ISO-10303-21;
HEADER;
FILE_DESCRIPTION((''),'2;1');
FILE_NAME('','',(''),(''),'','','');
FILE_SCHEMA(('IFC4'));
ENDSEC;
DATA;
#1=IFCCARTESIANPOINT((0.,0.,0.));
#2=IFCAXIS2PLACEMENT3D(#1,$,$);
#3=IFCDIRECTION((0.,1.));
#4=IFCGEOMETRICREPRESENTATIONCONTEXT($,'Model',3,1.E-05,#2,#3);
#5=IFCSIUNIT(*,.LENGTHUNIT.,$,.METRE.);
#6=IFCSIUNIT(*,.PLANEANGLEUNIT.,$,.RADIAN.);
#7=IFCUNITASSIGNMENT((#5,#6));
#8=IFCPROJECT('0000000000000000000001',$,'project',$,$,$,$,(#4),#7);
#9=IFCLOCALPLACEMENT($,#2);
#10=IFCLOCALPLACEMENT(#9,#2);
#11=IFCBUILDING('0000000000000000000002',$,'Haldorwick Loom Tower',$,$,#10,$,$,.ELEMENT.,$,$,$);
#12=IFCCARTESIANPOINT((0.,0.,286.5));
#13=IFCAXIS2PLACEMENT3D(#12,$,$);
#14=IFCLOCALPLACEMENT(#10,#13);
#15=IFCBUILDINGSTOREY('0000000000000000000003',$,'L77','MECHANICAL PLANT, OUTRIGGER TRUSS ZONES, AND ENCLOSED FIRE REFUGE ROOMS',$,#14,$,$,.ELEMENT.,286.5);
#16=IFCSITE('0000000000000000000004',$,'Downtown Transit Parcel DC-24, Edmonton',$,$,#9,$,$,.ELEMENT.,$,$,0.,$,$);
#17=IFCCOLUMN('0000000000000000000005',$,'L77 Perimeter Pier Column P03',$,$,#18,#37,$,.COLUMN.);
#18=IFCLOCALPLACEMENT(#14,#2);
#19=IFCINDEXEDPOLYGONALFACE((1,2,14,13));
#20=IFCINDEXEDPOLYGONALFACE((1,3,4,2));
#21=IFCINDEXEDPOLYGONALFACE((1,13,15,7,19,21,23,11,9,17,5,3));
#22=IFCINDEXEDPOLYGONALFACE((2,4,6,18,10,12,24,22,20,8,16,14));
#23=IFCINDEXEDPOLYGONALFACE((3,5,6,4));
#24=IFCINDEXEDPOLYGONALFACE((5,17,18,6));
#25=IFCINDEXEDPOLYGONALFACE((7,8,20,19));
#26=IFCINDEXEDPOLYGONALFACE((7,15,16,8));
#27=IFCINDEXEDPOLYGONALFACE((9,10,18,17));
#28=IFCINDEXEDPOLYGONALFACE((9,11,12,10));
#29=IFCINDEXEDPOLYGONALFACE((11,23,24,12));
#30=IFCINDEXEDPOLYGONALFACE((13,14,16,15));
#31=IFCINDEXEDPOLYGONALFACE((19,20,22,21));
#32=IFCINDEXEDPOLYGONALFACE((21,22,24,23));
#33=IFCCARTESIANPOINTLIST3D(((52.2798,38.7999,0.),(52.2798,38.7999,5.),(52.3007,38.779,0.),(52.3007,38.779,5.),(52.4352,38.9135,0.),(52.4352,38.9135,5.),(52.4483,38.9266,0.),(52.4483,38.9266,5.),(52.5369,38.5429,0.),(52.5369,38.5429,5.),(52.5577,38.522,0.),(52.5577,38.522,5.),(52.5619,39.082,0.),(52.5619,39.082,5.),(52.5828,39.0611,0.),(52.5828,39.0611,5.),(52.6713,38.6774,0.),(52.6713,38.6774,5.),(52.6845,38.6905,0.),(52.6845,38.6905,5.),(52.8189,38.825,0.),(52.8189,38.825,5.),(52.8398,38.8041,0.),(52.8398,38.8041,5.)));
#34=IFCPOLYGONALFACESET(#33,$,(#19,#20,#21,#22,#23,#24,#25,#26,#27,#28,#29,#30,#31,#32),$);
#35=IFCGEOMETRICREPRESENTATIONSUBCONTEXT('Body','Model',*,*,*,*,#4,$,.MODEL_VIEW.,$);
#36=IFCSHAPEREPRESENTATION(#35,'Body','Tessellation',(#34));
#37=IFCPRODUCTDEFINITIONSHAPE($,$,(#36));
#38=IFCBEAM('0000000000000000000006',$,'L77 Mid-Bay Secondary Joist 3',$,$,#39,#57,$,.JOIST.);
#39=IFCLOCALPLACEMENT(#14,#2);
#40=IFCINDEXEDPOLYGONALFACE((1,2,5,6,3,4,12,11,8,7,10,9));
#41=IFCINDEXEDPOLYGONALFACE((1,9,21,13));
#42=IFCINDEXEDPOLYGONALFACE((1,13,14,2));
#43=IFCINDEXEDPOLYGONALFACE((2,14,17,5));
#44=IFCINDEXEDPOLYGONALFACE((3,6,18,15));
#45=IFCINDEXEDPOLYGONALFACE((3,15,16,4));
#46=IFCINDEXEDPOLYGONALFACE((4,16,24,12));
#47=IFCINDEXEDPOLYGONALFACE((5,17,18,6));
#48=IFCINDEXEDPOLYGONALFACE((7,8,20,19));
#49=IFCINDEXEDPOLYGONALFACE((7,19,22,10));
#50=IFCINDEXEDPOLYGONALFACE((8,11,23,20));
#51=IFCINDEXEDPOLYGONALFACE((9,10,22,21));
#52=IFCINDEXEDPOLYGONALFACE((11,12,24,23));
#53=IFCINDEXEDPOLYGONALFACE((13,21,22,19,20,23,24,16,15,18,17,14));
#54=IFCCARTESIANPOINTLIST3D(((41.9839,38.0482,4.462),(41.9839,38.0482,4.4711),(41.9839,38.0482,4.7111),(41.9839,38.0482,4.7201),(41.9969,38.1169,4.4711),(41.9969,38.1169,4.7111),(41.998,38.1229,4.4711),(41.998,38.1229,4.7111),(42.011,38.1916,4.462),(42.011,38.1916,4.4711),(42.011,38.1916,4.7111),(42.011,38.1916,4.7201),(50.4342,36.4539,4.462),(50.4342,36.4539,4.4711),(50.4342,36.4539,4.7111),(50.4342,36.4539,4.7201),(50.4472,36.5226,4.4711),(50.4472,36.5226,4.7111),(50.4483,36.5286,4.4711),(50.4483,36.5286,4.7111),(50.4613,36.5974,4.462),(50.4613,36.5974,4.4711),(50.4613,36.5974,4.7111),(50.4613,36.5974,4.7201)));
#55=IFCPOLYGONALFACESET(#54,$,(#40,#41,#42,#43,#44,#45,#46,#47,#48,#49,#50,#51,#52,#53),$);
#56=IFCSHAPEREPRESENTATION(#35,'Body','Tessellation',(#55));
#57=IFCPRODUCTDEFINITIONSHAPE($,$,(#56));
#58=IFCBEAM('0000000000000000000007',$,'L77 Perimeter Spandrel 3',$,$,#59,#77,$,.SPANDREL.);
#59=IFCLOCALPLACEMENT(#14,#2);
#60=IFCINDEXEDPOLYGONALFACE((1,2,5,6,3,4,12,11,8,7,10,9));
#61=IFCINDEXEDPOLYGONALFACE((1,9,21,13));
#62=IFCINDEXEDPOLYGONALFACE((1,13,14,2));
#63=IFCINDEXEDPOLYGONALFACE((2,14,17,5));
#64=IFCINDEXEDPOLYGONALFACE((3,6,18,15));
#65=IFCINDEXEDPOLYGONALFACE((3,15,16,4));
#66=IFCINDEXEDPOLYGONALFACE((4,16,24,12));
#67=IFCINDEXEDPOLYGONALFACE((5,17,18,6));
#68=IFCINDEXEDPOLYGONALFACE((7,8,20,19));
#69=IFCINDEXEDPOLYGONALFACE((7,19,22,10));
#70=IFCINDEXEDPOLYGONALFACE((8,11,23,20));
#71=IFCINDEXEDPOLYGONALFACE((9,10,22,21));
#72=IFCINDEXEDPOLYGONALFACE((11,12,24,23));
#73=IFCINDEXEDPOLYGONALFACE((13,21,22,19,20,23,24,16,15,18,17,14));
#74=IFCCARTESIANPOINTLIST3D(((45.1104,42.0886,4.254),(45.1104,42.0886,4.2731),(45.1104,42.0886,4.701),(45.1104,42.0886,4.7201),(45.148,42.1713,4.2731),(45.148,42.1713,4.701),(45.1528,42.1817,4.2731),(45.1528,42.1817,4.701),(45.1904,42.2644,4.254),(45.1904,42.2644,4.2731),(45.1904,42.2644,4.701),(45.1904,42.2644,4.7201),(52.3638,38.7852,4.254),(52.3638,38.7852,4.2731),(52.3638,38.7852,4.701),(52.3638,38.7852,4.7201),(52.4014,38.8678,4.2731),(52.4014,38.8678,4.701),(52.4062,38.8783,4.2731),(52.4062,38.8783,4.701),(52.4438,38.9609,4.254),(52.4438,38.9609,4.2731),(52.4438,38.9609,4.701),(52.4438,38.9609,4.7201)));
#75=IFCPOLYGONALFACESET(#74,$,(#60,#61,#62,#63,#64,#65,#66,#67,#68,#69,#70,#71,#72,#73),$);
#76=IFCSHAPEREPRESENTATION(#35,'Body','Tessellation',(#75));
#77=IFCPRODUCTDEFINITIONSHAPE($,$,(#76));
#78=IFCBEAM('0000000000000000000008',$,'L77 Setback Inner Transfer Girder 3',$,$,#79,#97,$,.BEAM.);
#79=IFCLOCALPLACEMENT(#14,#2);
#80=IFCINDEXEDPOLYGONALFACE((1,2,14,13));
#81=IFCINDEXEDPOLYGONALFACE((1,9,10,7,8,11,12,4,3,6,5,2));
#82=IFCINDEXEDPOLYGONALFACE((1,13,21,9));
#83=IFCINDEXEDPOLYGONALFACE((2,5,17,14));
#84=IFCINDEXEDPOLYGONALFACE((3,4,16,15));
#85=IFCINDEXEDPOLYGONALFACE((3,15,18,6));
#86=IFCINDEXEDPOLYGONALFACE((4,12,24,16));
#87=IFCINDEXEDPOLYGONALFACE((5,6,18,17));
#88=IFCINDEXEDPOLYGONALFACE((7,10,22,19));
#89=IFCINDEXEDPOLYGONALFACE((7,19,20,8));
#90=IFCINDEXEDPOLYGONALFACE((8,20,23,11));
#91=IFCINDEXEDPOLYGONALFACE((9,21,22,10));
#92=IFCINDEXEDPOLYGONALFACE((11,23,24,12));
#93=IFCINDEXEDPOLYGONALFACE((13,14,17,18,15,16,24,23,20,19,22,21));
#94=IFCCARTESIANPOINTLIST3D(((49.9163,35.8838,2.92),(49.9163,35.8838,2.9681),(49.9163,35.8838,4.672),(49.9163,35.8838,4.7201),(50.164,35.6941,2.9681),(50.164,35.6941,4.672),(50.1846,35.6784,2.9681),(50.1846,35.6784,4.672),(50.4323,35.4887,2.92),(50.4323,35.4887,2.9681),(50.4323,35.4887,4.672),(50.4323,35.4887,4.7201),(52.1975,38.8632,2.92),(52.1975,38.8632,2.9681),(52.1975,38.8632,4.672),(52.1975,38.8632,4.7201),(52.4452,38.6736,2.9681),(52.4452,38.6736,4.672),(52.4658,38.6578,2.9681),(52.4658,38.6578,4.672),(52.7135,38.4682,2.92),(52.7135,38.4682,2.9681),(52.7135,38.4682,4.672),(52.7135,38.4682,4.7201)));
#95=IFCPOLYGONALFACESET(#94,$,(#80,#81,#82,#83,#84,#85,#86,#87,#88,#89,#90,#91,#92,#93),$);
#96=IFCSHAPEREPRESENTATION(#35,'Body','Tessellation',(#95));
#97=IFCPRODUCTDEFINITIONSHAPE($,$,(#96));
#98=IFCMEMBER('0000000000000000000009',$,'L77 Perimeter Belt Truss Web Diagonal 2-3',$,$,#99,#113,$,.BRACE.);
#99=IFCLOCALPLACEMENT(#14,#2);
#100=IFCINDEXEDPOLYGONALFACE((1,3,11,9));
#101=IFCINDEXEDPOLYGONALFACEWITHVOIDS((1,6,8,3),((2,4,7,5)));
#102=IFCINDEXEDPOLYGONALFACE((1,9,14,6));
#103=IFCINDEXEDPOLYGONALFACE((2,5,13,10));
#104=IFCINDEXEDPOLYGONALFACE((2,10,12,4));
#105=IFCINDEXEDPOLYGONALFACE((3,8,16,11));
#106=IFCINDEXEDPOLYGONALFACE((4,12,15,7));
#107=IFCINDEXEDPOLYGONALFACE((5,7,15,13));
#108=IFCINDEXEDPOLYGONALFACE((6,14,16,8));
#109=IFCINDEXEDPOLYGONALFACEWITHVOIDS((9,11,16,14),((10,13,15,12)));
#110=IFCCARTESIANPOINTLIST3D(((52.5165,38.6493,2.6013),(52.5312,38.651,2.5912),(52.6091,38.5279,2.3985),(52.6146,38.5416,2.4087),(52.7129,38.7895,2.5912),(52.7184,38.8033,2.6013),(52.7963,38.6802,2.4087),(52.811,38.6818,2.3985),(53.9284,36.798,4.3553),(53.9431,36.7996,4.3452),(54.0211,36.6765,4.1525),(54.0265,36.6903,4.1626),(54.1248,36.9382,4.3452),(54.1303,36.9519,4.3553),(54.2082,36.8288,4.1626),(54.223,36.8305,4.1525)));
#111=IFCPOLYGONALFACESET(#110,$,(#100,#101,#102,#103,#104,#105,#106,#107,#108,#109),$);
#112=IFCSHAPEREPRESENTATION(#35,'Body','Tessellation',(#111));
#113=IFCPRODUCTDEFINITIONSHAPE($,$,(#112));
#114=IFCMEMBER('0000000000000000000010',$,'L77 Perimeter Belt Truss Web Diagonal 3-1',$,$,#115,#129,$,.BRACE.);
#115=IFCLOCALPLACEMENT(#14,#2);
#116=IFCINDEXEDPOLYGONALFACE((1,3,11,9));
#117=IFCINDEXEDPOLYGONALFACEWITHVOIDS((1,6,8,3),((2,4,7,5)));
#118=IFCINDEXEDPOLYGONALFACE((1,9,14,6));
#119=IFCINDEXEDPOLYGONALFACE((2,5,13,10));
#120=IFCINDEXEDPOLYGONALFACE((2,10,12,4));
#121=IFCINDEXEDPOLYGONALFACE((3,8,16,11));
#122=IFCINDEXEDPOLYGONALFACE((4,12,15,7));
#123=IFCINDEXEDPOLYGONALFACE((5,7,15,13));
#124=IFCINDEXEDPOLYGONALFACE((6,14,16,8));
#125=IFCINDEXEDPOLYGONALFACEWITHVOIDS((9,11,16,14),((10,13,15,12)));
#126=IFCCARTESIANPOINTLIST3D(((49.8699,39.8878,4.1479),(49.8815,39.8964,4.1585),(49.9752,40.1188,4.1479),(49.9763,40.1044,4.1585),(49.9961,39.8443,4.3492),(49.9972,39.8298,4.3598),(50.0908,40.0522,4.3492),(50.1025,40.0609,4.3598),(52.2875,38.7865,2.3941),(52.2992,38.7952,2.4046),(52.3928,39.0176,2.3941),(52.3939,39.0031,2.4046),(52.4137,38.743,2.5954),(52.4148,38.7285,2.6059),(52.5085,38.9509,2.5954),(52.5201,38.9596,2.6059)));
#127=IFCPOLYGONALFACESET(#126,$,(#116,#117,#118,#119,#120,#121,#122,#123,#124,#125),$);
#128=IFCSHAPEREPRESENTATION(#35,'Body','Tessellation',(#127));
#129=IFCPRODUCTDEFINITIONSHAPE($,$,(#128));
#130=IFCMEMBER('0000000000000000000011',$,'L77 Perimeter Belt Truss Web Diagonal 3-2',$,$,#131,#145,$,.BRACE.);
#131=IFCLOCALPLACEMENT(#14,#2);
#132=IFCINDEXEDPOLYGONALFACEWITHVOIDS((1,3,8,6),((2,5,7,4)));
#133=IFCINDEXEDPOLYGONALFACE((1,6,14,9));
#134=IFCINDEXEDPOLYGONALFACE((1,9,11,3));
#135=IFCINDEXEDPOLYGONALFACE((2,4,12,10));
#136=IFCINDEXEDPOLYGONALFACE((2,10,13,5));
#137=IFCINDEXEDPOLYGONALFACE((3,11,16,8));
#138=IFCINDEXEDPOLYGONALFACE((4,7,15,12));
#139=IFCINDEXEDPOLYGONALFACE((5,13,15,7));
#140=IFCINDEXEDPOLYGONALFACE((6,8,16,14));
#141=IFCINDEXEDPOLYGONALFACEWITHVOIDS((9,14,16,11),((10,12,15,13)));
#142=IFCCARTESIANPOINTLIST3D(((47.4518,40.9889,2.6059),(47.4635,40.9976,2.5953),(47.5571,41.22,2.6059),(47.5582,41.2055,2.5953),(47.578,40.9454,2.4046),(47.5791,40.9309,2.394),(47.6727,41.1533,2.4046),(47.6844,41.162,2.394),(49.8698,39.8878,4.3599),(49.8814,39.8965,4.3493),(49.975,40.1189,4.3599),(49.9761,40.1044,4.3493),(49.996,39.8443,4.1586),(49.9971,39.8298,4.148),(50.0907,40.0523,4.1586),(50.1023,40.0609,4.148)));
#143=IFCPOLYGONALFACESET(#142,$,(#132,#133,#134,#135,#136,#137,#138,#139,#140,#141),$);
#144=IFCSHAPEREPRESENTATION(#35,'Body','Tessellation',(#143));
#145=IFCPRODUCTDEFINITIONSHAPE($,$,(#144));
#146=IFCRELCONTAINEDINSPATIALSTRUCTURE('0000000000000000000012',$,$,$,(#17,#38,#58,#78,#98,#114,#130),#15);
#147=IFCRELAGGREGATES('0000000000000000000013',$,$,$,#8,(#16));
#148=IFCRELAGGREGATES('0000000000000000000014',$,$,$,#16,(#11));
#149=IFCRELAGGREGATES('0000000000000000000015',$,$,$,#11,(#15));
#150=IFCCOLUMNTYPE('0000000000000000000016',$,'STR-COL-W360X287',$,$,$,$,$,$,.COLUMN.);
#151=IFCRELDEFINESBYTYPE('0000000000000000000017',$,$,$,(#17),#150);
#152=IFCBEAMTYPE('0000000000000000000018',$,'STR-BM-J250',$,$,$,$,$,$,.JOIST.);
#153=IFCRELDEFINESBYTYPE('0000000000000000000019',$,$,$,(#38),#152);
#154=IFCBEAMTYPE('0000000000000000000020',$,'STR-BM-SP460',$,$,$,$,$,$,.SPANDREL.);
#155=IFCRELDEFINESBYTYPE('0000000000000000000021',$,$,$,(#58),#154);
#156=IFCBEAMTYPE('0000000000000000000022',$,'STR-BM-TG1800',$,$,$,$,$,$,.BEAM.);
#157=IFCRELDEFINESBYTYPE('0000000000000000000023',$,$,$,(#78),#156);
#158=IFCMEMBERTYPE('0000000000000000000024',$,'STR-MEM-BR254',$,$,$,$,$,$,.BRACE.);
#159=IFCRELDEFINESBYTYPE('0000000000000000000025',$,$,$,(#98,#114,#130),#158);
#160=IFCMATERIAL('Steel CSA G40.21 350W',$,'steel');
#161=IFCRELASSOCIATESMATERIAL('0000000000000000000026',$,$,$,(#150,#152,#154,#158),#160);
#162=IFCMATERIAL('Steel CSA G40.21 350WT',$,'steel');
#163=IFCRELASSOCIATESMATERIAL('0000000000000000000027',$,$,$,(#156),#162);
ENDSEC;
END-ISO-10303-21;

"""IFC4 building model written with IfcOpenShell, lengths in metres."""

from ifc_helpers import new_model, si_unit, direction, frame, origin, origin_2d, place, context, subcontext, project, spatial, hollow_rectangle, i_section, extrude, material, material_profile, profile_set, type_object, element, save


model = new_model("IFC4")

# Units and contexts
model_context = context("Model", 3, precision=1e-05, world=origin(), true_north=direction((0.0, 1.0)))
body_context = subcontext(model_context, "Body", "Model", "MODEL_VIEW")
ifc_project = project(units=[si_unit("LENGTHUNIT", "METRE"), si_unit("PLANEANGLEUNIT", "RADIAN")], contexts=[model_context])

# Site, building, storey
site_placement = place(None, origin())
site = spatial("IfcSite", under=ifc_project, at=site_placement, Name="Downtown Transit Parcel DC-24, Edmonton", CompositionType="ELEMENT", RefElevation=0.0)
building_placement = place(site_placement, origin())
building = spatial("IfcBuilding", under=site, at=building_placement, Name="Haldorwick Loom Tower", CompositionType="ELEMENT")
storey_placement = place(building_placement, frame((0.0, 0.0, 286.5)))
storey = spatial("IfcBuildingStorey", under=building, at=storey_placement, Name="L77", Description="MECHANICAL PLANT, OUTRIGGER TRUSS ZONES, AND ENCLOSED FIRE REFUGE ROOMS", CompositionType="ELEMENT", Elevation=286.5)

# Column
ifc_material_1 = material(Name="Steel CSA G40.21 350W", Category="steel")
ifc_material_profile_1 = material_profile(ifc_material_1, i_section(OverallWidth=0.3989, OverallDepth=0.3931, WebThickness=0.0186, FlangeThickness=0.0295, at=origin_2d()), Name="W360X287", Category="steel")
ifc_profile_set_1 = profile_set([ifc_material_profile_1], Name="Steel CSA G40.21 350W")
column_type = type_object("IfcColumnType", Name="STR-COL-W360X287", PredefinedType="COLUMN", material=ifc_profile_set_1)
column_placement = place(storey_placement, frame((52.5598, 38.802, 0.0), z_axis=(0.0, 0.0, 1.0), x_axis=(0.707107, 0.707107, 0.0)))
element("IfcColumn", 1, at=column_placement, inside=storey, type_object=column_type, Name="L77 Perimeter Pier Column P03", PredefinedType="COLUMN", context=body_context, shape_type="SweptSolid", body=[
    extrude(i_section(OverallWidth=0.3989, OverallDepth=0.3931, WebThickness=0.0186, FlangeThickness=0.0295, at=origin_2d()), origin(), (0.0, 0.0, 1.0), 5.0),
])

# Beams
ifc_material_profile_2 = material_profile(ifc_material_1, i_section(OverallWidth=0.146, OverallDepth=0.2581, WebThickness=0.0061, FlangeThickness=0.009, at=origin_2d()), Name="W250X33", Category="steel")
ifc_profile_set_2 = profile_set([ifc_material_profile_2], Name="Steel CSA G40.21 350W")
beam_type_1 = type_object("IfcBeamType", Name="STR-BM-J250", PredefinedType="JOIST", material=ifc_profile_set_2)
beam_1_placement = place(storey_placement, frame((50.4478, 36.5256, 4.5911), z_axis=(-0.982665, 0.185392, 0.0), x_axis=(-0.185392, -0.982665, 0.0)))
element("IfcBeam", 2, at=beam_1_placement, inside=storey, type_object=beam_type_1, Name="L77 Mid-Bay Secondary Joist 3", PredefinedType="JOIST", context=body_context, shape_type="SweptSolid", body=[
    extrude(i_section(OverallWidth=0.146, OverallDepth=0.2581, WebThickness=0.0061, FlangeThickness=0.009, at=origin_2d()), origin(), (0.0, 0.0, 1.0), 8.5994),
])
ifc_material_profile_3 = material_profile(ifc_material_1, i_section(OverallWidth=0.1931, OverallDepth=0.4661, WebThickness=0.0115, FlangeThickness=0.019, at=origin_2d()), Name="W460X97", Category="steel")
ifc_profile_set_3 = profile_set([ifc_material_profile_3], Name="Steel CSA G40.21 350W")
beam_type_2 = type_object("IfcBeamType", Name="STR-BM-SP460", PredefinedType="SPANDREL", material=ifc_profile_set_3)
beam_2_placement = place(storey_placement, frame((52.4038, 38.873, 4.4871), z_axis=(-0.910061, 0.414474, 0.0), x_axis=(-0.414474, -0.910061, 0.0)))
element("IfcBeam", 3, at=beam_2_placement, inside=storey, type_object=beam_type_2, Name="L77 Perimeter Spandrel 3", PredefinedType="SPANDREL", context=body_context, shape_type="SweptSolid", body=[
    extrude(i_section(OverallWidth=0.1931, OverallDepth=0.4661, WebThickness=0.0115, FlangeThickness=0.019, at=origin_2d()), origin(), (0.0, 0.0, 1.0), 7.9702),
])
ifc_material_2 = material(Name="Steel CSA G40.21 350WT", Category="steel")
ifc_material_profile_4 = material_profile(ifc_material_2, i_section(OverallWidth=0.6499, OverallDepth=1.8, WebThickness=0.0259, FlangeThickness=0.0481, at=origin_2d()), Name="WWF1800X650", Category="steel")
ifc_profile_set_4 = profile_set([ifc_material_profile_4], Name="Steel CSA G40.21 350WT")
beam_type_3 = type_object("IfcBeamType", Name="STR-BM-TG1800", PredefinedType="BEAM", material=ifc_profile_set_4)
beam_3_placement = place(storey_placement, frame((50.1743, 35.6863, 3.8201), z_axis=(0.607923, 0.793996, 0.0), x_axis=(-0.793996, 0.607923, 0.0)))
element("IfcBeam", 4, at=beam_3_placement, inside=storey, type_object=beam_type_3, Name="L77 Setback Inner Transfer Girder 3", PredefinedType="BEAM", context=body_context, shape_type="SweptSolid", body=[
    extrude(i_section(OverallWidth=0.6499, OverallDepth=1.8, WebThickness=0.0259, FlangeThickness=0.0481, at=origin_2d()), origin(), (0.0, 0.0, 1.0), 3.7524),
])

# Members
ifc_material_profile_5 = material_profile(ifc_material_1, hollow_rectangle(XDim=0.2539, YDim=0.2539, WallThickness=0.0127, at=origin_2d()), Name="HSS254X254X13", Category="steel")
ifc_profile_set_5 = profile_set([ifc_material_profile_5], Name="Steel CSA G40.21 350W")
member_type_1 = type_object("IfcMemberType", Name="STR-MEM-BR254", PredefinedType="BRACE", material=ifc_profile_set_5)
member_1_placement = place(storey_placement, frame((54.0757, 36.8142, 4.2539), z_axis=(-0.484353, 0.635112, -0.601694), x_axis=(-0.795155, -0.606406, 0.0)))
element("IfcMember", 5, at=member_1_placement, inside=storey, type_object=member_type_1, Name="L77 Perimeter Belt Truss Web Diagonal 2-3", PredefinedType="BRACE", context=body_context, shape_type="SweptSolid", body=[
    extrude(hollow_rectangle(XDim=0.2539, YDim=0.2539, WallThickness=0.0127, at=origin_2d()), origin(), (0.0, 0.0, 1.0), 2.915),
])
member_2_placement = place(storey_placement, frame((52.4038, 38.873, 2.5), z_axis=(-0.759462, 0.345949, 0.550942), x_axis=(-0.414537, -0.910033, 0.0)))
element("IfcMember", 6, at=member_2_placement, inside=storey, type_object=member_type_1, Name="L77 Perimeter Belt Truss Web Diagonal 3-1", PredefinedType="BRACE", context=body_context, shape_type="SweptSolid", body=[
    extrude(hollow_rectangle(XDim=0.2539, YDim=0.2539, WallThickness=0.0127, at=origin_2d()), origin(), (0.0, 0.0, 1.0), 3.1833),
])
member_3_placement = place(storey_placement, frame((49.9861, 39.9744, 4.2539), z_axis=(-0.759515, 0.345861, -0.550924), x_axis=(-0.414426, -0.910083, 0.0)))
element("IfcMember", 7, at=member_3_placement, inside=storey, type_object=member_type_1, Name="L77 Perimeter Belt Truss Web Diagonal 3-2", PredefinedType="BRACE", context=body_context, shape_type="SweptSolid", body=[
    extrude(hollow_rectangle(XDim=0.2539, YDim=0.2539, WallThickness=0.0127, at=origin_2d()), origin(), (0.0, 0.0, 1.0), 3.1836),
])

save(model, "model.ifc")
